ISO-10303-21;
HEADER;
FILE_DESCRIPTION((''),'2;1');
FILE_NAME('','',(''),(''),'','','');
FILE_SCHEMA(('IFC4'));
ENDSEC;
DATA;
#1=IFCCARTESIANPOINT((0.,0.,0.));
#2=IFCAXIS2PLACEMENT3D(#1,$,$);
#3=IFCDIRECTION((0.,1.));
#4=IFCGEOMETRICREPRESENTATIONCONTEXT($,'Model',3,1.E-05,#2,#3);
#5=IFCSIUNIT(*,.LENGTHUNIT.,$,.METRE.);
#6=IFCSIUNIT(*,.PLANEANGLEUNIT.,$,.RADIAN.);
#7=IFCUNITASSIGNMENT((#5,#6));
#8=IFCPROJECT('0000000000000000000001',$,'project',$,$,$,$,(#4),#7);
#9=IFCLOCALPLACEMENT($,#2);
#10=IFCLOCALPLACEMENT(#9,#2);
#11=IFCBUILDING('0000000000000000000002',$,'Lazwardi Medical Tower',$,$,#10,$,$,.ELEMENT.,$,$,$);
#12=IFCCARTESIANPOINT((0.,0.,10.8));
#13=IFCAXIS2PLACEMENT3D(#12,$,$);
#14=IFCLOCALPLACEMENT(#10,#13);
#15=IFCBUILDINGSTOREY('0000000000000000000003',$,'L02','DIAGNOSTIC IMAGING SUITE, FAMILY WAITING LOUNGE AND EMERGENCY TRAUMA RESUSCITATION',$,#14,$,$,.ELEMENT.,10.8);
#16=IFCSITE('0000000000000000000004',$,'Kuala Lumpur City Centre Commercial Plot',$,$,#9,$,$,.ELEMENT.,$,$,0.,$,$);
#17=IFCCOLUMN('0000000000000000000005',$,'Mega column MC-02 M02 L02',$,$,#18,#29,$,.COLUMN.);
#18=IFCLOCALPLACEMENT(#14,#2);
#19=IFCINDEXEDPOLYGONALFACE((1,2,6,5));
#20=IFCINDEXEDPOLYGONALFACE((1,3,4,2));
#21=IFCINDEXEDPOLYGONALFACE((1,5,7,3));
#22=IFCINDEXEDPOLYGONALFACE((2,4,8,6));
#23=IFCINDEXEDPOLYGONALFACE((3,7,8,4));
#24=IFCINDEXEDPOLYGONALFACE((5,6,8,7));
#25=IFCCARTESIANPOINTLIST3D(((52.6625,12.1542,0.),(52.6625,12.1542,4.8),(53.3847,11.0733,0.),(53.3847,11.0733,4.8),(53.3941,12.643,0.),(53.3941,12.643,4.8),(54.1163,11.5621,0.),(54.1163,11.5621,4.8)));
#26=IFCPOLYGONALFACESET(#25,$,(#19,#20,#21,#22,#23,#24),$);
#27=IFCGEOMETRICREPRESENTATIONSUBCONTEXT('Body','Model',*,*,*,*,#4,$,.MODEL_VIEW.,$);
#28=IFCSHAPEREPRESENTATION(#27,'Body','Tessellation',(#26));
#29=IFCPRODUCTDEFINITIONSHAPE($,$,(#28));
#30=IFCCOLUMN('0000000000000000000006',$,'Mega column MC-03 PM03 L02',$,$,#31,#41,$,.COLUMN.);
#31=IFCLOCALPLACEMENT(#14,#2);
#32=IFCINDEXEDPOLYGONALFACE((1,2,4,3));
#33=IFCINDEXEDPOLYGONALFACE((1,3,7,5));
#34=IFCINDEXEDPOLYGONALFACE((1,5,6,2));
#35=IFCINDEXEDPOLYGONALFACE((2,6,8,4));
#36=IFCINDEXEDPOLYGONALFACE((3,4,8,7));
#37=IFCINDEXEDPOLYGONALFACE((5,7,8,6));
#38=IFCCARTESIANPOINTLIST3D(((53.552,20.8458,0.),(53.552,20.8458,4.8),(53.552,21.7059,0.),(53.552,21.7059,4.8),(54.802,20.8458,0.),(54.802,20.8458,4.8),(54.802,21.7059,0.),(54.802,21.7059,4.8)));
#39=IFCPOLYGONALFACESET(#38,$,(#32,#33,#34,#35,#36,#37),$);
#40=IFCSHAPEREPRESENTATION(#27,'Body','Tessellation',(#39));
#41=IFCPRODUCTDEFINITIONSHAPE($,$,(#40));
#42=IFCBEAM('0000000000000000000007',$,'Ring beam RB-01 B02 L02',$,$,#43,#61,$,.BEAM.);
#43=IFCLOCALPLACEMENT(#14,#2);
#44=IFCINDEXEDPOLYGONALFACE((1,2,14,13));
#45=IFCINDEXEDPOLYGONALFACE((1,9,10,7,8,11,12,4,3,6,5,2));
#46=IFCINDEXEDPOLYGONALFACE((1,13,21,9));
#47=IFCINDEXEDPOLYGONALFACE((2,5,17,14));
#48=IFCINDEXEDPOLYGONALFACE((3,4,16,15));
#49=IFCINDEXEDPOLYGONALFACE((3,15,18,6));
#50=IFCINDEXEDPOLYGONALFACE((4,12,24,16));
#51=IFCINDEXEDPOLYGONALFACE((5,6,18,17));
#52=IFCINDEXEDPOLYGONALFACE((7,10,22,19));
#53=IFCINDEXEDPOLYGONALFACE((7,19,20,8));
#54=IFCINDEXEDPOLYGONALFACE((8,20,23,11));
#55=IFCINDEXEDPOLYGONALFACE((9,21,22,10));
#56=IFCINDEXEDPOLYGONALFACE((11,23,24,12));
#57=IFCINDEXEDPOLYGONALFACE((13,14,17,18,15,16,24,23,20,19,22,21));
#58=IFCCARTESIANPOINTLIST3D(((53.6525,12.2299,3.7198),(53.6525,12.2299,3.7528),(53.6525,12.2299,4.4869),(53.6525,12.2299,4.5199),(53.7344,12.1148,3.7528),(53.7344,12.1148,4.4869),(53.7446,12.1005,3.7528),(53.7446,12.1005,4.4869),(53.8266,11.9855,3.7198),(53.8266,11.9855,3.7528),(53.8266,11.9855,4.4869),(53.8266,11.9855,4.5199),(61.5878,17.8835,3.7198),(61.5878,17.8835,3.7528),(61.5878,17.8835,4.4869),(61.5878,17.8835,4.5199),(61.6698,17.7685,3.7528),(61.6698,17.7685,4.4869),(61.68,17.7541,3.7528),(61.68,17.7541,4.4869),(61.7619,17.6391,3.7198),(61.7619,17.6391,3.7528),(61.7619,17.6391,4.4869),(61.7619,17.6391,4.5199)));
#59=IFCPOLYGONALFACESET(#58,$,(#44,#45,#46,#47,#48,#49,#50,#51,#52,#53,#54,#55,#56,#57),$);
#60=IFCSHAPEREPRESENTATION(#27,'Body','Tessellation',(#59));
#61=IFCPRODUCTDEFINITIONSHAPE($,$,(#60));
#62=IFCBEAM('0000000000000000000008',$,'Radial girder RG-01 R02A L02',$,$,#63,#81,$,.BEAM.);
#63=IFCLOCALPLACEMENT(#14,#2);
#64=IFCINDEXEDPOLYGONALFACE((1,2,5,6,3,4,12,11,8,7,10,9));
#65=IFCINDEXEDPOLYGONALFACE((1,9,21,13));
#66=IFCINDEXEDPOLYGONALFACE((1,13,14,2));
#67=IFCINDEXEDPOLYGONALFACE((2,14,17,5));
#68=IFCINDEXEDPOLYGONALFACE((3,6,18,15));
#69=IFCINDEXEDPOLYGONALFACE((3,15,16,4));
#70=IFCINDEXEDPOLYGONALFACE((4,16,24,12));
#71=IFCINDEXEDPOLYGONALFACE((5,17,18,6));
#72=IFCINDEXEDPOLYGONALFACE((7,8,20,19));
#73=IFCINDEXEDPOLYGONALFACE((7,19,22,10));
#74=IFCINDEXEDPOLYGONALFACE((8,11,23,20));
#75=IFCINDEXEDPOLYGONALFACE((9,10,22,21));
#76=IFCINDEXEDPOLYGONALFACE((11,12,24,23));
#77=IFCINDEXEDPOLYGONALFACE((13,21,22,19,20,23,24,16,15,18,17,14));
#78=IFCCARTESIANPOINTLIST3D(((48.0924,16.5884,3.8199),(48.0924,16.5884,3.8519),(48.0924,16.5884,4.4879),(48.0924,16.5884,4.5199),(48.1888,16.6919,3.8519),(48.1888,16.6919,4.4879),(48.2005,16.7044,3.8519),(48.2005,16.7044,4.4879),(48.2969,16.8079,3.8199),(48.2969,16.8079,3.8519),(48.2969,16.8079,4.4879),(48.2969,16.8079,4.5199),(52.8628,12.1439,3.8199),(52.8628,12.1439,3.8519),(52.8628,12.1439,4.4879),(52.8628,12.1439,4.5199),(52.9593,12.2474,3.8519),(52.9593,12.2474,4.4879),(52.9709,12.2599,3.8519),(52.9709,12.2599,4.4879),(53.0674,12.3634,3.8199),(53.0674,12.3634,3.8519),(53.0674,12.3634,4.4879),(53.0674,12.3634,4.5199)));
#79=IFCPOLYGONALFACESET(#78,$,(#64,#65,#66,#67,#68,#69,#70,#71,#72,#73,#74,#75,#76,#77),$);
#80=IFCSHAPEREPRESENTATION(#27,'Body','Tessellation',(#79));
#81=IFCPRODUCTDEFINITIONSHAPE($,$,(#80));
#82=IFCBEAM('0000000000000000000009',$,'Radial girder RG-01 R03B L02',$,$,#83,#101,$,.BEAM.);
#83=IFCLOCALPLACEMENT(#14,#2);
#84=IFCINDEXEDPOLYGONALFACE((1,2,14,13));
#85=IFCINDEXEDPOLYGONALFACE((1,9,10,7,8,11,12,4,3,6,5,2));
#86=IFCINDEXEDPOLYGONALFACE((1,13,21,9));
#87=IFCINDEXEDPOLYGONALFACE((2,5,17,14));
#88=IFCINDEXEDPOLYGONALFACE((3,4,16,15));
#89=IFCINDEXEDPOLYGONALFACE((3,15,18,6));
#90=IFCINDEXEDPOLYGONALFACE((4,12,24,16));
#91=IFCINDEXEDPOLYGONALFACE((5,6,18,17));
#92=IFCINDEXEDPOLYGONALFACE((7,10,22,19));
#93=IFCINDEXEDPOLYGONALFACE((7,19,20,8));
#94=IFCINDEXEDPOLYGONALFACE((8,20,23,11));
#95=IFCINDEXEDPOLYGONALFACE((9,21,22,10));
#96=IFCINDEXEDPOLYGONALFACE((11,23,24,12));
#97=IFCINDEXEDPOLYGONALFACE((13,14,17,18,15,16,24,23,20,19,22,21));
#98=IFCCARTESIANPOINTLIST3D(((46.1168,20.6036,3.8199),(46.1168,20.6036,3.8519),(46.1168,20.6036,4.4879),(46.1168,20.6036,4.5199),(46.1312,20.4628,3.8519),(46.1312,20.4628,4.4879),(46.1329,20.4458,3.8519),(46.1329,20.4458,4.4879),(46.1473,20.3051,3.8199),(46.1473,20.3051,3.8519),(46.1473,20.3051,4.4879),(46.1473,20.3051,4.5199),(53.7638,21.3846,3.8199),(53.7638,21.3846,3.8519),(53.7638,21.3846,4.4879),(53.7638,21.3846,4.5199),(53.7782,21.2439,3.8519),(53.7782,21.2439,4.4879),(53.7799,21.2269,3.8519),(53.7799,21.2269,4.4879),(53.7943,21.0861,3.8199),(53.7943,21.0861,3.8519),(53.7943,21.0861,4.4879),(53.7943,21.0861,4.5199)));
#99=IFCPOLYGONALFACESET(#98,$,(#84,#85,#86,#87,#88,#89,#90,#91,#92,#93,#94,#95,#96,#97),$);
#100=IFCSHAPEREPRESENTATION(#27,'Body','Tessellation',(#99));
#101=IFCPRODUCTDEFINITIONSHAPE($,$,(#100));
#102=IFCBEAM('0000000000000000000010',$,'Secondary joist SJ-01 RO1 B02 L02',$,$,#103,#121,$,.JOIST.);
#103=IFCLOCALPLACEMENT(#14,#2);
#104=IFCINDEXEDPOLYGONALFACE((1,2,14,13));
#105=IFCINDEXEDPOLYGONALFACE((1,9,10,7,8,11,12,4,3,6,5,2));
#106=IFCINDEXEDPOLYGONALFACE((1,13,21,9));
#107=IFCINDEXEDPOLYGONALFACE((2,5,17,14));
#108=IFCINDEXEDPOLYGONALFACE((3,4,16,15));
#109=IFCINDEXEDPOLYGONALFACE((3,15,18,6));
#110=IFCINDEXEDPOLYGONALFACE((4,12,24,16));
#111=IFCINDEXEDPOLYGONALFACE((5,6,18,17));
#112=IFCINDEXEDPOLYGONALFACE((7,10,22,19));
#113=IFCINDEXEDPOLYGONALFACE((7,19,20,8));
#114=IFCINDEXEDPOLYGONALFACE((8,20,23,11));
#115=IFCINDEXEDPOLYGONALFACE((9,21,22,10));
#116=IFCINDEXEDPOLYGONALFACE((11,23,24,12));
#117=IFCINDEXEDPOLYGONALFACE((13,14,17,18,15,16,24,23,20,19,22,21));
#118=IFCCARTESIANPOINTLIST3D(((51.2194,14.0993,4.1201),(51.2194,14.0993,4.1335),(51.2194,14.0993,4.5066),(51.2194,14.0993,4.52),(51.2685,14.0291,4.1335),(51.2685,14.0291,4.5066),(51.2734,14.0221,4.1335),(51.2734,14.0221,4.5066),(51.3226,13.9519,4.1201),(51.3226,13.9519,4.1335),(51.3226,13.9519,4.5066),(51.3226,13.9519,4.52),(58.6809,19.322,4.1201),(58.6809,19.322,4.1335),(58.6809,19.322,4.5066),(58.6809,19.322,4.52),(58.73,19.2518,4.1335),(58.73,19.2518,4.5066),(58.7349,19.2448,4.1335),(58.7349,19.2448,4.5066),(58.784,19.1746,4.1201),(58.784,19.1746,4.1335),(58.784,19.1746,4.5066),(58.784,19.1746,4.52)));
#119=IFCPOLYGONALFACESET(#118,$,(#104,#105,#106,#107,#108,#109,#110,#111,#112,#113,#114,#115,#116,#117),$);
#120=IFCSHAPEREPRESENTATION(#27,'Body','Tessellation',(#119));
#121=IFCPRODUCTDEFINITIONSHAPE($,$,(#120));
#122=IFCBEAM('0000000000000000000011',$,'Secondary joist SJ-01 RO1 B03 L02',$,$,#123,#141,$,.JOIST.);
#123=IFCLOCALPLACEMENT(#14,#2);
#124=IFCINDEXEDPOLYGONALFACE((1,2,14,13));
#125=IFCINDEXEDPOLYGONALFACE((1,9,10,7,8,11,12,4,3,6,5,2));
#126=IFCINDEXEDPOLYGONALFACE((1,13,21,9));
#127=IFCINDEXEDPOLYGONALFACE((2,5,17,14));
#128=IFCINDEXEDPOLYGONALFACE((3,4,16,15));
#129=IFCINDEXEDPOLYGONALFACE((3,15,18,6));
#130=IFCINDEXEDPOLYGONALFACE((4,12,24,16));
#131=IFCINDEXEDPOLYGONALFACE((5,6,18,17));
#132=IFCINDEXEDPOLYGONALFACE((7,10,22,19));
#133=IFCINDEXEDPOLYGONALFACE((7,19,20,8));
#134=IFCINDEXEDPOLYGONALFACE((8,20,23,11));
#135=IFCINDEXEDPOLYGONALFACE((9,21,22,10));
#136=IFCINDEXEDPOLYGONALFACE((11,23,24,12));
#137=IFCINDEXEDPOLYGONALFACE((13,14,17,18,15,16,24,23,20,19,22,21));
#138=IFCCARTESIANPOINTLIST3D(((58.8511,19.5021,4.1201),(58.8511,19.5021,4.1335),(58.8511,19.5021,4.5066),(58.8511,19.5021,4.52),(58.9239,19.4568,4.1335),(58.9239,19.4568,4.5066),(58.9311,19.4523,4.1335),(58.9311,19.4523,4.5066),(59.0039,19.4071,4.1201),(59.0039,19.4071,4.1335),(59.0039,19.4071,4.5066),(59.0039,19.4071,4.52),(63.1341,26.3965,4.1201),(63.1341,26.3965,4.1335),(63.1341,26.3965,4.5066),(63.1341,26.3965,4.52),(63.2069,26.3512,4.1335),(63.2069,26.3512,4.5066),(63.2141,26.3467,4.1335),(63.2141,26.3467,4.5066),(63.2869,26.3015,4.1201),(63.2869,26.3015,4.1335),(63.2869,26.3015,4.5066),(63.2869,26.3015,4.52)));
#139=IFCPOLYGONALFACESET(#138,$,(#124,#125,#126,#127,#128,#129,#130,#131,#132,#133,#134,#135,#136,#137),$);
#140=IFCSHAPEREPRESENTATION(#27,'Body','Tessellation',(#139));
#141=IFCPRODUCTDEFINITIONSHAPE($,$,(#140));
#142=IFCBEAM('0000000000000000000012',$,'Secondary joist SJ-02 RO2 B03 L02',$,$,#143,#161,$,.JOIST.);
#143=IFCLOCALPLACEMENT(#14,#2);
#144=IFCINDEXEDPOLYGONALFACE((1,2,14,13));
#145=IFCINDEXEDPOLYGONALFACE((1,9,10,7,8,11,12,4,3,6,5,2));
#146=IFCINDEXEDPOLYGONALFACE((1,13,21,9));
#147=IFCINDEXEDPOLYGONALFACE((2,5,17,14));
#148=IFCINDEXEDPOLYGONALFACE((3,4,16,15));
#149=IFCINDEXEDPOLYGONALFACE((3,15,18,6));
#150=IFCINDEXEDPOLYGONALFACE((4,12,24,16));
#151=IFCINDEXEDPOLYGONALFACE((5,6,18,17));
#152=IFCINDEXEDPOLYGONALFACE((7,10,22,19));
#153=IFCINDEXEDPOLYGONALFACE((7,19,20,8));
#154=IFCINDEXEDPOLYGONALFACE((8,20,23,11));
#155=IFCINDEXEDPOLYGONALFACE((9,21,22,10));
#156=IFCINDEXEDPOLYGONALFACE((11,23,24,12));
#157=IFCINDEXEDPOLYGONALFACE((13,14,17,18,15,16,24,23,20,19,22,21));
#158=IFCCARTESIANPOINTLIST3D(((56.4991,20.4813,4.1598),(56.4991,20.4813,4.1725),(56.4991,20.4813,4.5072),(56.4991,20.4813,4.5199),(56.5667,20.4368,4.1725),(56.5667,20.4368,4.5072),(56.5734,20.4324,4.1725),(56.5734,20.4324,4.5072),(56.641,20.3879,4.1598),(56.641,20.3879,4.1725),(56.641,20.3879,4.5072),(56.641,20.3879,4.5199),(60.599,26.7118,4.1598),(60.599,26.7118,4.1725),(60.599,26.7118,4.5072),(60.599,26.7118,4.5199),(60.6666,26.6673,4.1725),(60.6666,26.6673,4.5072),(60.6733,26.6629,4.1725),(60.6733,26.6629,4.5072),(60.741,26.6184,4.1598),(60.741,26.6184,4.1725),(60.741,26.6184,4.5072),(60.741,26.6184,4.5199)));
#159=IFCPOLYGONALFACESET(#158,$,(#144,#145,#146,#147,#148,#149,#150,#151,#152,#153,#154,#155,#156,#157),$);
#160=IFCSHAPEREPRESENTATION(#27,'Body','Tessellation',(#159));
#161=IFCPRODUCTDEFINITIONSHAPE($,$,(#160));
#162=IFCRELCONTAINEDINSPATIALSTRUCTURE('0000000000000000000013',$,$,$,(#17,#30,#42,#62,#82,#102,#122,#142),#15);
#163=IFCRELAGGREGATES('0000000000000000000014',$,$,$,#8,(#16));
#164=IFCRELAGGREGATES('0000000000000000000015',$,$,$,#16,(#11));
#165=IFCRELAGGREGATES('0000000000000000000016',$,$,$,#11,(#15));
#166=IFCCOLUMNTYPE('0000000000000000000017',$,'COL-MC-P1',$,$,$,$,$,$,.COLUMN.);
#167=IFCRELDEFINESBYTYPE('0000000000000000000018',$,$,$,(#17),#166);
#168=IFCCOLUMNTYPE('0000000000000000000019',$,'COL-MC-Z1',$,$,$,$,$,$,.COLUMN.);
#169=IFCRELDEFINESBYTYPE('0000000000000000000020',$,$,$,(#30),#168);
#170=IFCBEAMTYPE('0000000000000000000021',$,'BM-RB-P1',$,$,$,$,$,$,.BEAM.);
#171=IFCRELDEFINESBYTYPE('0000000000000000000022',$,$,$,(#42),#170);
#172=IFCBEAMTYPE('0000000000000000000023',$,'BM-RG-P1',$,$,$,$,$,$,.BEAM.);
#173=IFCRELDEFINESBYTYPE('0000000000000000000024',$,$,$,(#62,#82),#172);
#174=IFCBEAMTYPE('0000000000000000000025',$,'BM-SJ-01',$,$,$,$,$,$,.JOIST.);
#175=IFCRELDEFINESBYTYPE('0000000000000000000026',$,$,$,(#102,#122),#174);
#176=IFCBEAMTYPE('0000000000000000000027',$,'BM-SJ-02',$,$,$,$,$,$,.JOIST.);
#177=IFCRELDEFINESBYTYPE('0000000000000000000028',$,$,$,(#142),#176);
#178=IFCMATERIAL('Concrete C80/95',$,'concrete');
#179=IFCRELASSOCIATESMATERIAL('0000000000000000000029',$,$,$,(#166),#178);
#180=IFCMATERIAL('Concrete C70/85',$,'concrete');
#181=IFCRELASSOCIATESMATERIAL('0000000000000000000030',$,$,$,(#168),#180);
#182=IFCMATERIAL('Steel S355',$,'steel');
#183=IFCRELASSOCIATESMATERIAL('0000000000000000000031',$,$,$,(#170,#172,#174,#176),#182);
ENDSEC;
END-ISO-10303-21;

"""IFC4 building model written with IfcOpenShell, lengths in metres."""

from ifc_helpers import new_model, si_unit, direction, frame, origin, origin_2d, place, context, subcontext, project, spatial, rectangle, i_section, extrude, material, material_profile, profile_set, type_object, element, save


model = new_model("IFC4")

# Units and contexts
model_context = context("Model", 3, precision=1e-05, world=origin(), true_north=direction((0.0, 1.0)))
body_context = subcontext(model_context, "Body", "Model", "MODEL_VIEW")
ifc_project = project(units=[si_unit("LENGTHUNIT", "METRE"), si_unit("PLANEANGLEUNIT", "RADIAN")], contexts=[model_context])

# Site, building, storey
site_placement = place(None, origin())
site = spatial("IfcSite", under=ifc_project, at=site_placement, Name="Kuala Lumpur City Centre Commercial Plot", CompositionType="ELEMENT", RefElevation=0.0)
building_placement = place(site_placement, origin())
building = spatial("IfcBuilding", under=site, at=building_placement, Name="Lazwardi Medical Tower", CompositionType="ELEMENT")
storey_placement = place(building_placement, frame((0.0, 0.0, 10.8)))
storey = spatial("IfcBuildingStorey", under=building, at=storey_placement, Name="L02", Description="DIAGNOSTIC IMAGING SUITE, FAMILY WAITING LOUNGE AND EMERGENCY TRAUMA RESUSCITATION", CompositionType="ELEMENT", Elevation=10.8)

# Columns
ifc_material_1 = material(Name="Concrete C80/95", Category="concrete")
ifc_material_profile_1 = material_profile(ifc_material_1, rectangle(XDim=1.3, YDim=0.8799, at=origin_2d()), Name="CFT-RECT 1300x880")
ifc_profile_set_1 = profile_set([ifc_material_profile_1], Name="Concrete C80/95")
column_type_1 = type_object("IfcColumnType", Name="COL-MC-P1", PredefinedType="COLUMN", material=ifc_profile_set_1)
column_1_placement = place(storey_placement, frame((53.3894, 11.8582, 0.0), z_axis=(0.0, 0.0, 1.0), x_axis=(0.55557, -0.83147, 0.0)))
element("IfcColumn", 1, at=column_1_placement, inside=storey, type_object=column_type_1, Name="Mega column MC-02 M02 L02", PredefinedType="COLUMN", context=body_context, shape_type="SweptSolid", body=[
    extrude(rectangle(XDim=1.3, YDim=0.8799, at=origin_2d()), origin(), (0.0, 0.0, 1.0), 4.8),
])
ifc_material_2 = material(Name="Concrete C70/85", Category="concrete")
ifc_material_profile_2 = material_profile(ifc_material_2, rectangle(XDim=1.25, YDim=0.8601, at=origin_2d()), Name="CFT-RECT 1250x860")
ifc_profile_set_2 = profile_set([ifc_material_profile_2], Name="Concrete C70/85")
column_type_2 = type_object("IfcColumnType", Name="COL-MC-Z1", PredefinedType="COLUMN", material=ifc_profile_set_2)
column_2_placement = place(storey_placement, frame((54.177, 21.2759, 0.0), z_axis=(0.0, 0.0, 1.0), x_axis=(1.0, 0.0, 0.0)))
element("IfcColumn", 2, at=column_2_placement, inside=storey, type_object=column_type_2, Name="Mega column MC-03 PM03 L02", PredefinedType="COLUMN", context=body_context, shape_type="SweptSolid", body=[
    extrude(rectangle(XDim=1.25, YDim=0.8601, at=origin_2d()), origin(), (0.0, 0.0, 1.0), 4.8),
])

# Beams
ifc_material_3 = material(Name="Steel S355", Category="steel")
ifc_material_profile_3 = material_profile(ifc_material_3, i_section(OverallWidth=0.3, OverallDepth=0.8, WebThickness=0.0176, FlangeThickness=0.033, at=origin_2d()), Name="HEB 800")
ifc_profile_set_3 = profile_set([ifc_material_profile_3], Name="Steel S355")
beam_type_1 = type_object("IfcBeamType", Name="BM-RB-P1", PredefinedType="BEAM", material=ifc_profile_set_3)
beam_1_placement = place(storey_placement, frame((53.7395, 12.1077, 4.1199), z_axis=(0.814437, 0.580252, 0.0), x_axis=(-0.580252, 0.814437, 0.0)))
element("IfcBeam", 3, at=beam_1_placement, inside=storey, type_object=beam_type_1, Name="Ring beam RB-01 B02 L02", PredefinedType="BEAM", context=body_context, shape_type="SweptSolid", body=[
    extrude(i_section(OverallWidth=0.3, OverallDepth=0.8, WebThickness=0.0176, FlangeThickness=0.033, at=origin_2d()), origin(), (0.0, 0.0, 1.0), 9.7434),
])
ifc_material_profile_4 = material_profile(ifc_material_3, i_section(OverallWidth=0.3, OverallDepth=0.7, WebThickness=0.0171, FlangeThickness=0.032, at=origin_2d()), Name="HEB 700")
ifc_profile_set_4 = profile_set([ifc_material_profile_4], Name="Steel S355")
beam_type_2 = type_object("IfcBeamType", Name="BM-RG-P1", PredefinedType="BEAM", material=ifc_profile_set_4)
beam_2_placement = place(storey_placement, frame((52.9651, 12.2537, 4.1699), z_axis=(-0.731659, 0.681671, 0.0), x_axis=(-0.681671, -0.731659, 0.0)))
element("IfcBeam", 4, at=beam_2_placement, inside=storey, type_object=beam_type_2, Name="Radial girder RG-01 R02A L02", PredefinedType="BEAM", context=body_context, shape_type="SweptSolid", body=[
    extrude(i_section(OverallWidth=0.3, OverallDepth=0.7, WebThickness=0.0171, FlangeThickness=0.032, at=origin_2d()), origin(), (0.0, 0.0, 1.0), 6.52),
])
beam_3_placement = place(storey_placement, frame((53.7791, 21.2354, 4.1699), z_axis=(-0.994825, -0.101604, 0.0), x_axis=(0.101604, -0.994825, 0.0)))
element("IfcBeam", 5, at=beam_3_placement, inside=storey, type_object=beam_type_2, Name="Radial girder RG-01 R03B L02", PredefinedType="BEAM", context=body_context, shape_type="SweptSolid", body=[
    extrude(i_section(OverallWidth=0.3, OverallDepth=0.7, WebThickness=0.0171, FlangeThickness=0.032, at=origin_2d()), origin(), (0.0, 0.0, 1.0), 7.6868),
])
ifc_material_profile_5 = material_profile(ifc_material_3, i_section(OverallWidth=0.1799, OverallDepth=0.3999, WebThickness=0.0085, FlangeThickness=0.0134, at=origin_2d()), Name="IPE 400")
ifc_profile_set_5 = profile_set([ifc_material_profile_5], Name="Steel S355")
beam_type_3 = type_object("IfcBeamType", Name="BM-SJ-01", PredefinedType="JOIST", material=ifc_profile_set_5)
beam_4_placement = place(storey_placement, frame((51.271, 14.0256, 4.3201), z_axis=(0.81925, 0.573437, 0.0), x_axis=(-0.573437, 0.81925, 0.0)))
element("IfcBeam", 6, at=beam_4_placement, inside=storey, type_object=beam_type_3, Name="Secondary joist SJ-01 RO1 B02 L02", PredefinedType="JOIST", context=body_context, shape_type="SweptSolid", body=[
    extrude(i_section(OverallWidth=0.1799, OverallDepth=0.3999, WebThickness=0.0085, FlangeThickness=0.0134, at=origin_2d()), origin(), (0.0, 0.0, 1.0), 9.1077),
])
beam_5_placement = place(storey_placement, frame((58.9275, 19.4546, 4.3201), z_axis=(0.527696, 0.849433, 0.0), x_axis=(-0.849433, 0.527696, 0.0)))
element("IfcBeam", 7, at=beam_5_placement, inside=storey, type_object=beam_type_3, Name="Secondary joist SJ-01 RO1 B03 L02", PredefinedType="JOIST", context=body_context, shape_type="SweptSolid", body=[
    extrude(i_section(OverallWidth=0.1799, OverallDepth=0.3999, WebThickness=0.0085, FlangeThickness=0.0134, at=origin_2d()), origin(), (0.0, 0.0, 1.0), 8.1165),
])
ifc_material_profile_6 = material_profile(ifc_material_3, i_section(OverallWidth=0.1699, OverallDepth=0.3601, WebThickness=0.0081, FlangeThickness=0.0127, at=origin_2d()), Name="IPE 360")
ifc_profile_set_6 = profile_set([ifc_material_profile_6], Name="Steel S355")
beam_type_4 = type_object("IfcBeamType", Name="BM-SJ-02", PredefinedType="JOIST", material=ifc_profile_set_6)
beam_6_placement = place(storey_placement, frame((56.5701, 20.4346, 4.3398), z_axis=(0.549697, 0.835364, 0.0), x_axis=(-0.835364, 0.549697, 0.0)))
element("IfcBeam", 8, at=beam_6_placement, inside=storey, type_object=beam_type_4, Name="Secondary joist SJ-02 RO2 B03 L02", PredefinedType="JOIST", context=body_context, shape_type="SweptSolid", body=[
    extrude(i_section(OverallWidth=0.1699, OverallDepth=0.3601, WebThickness=0.0081, FlangeThickness=0.0127, at=origin_2d()), origin(), (0.0, 0.0, 1.0), 7.4585),
])

save(model, "model.ifc")
